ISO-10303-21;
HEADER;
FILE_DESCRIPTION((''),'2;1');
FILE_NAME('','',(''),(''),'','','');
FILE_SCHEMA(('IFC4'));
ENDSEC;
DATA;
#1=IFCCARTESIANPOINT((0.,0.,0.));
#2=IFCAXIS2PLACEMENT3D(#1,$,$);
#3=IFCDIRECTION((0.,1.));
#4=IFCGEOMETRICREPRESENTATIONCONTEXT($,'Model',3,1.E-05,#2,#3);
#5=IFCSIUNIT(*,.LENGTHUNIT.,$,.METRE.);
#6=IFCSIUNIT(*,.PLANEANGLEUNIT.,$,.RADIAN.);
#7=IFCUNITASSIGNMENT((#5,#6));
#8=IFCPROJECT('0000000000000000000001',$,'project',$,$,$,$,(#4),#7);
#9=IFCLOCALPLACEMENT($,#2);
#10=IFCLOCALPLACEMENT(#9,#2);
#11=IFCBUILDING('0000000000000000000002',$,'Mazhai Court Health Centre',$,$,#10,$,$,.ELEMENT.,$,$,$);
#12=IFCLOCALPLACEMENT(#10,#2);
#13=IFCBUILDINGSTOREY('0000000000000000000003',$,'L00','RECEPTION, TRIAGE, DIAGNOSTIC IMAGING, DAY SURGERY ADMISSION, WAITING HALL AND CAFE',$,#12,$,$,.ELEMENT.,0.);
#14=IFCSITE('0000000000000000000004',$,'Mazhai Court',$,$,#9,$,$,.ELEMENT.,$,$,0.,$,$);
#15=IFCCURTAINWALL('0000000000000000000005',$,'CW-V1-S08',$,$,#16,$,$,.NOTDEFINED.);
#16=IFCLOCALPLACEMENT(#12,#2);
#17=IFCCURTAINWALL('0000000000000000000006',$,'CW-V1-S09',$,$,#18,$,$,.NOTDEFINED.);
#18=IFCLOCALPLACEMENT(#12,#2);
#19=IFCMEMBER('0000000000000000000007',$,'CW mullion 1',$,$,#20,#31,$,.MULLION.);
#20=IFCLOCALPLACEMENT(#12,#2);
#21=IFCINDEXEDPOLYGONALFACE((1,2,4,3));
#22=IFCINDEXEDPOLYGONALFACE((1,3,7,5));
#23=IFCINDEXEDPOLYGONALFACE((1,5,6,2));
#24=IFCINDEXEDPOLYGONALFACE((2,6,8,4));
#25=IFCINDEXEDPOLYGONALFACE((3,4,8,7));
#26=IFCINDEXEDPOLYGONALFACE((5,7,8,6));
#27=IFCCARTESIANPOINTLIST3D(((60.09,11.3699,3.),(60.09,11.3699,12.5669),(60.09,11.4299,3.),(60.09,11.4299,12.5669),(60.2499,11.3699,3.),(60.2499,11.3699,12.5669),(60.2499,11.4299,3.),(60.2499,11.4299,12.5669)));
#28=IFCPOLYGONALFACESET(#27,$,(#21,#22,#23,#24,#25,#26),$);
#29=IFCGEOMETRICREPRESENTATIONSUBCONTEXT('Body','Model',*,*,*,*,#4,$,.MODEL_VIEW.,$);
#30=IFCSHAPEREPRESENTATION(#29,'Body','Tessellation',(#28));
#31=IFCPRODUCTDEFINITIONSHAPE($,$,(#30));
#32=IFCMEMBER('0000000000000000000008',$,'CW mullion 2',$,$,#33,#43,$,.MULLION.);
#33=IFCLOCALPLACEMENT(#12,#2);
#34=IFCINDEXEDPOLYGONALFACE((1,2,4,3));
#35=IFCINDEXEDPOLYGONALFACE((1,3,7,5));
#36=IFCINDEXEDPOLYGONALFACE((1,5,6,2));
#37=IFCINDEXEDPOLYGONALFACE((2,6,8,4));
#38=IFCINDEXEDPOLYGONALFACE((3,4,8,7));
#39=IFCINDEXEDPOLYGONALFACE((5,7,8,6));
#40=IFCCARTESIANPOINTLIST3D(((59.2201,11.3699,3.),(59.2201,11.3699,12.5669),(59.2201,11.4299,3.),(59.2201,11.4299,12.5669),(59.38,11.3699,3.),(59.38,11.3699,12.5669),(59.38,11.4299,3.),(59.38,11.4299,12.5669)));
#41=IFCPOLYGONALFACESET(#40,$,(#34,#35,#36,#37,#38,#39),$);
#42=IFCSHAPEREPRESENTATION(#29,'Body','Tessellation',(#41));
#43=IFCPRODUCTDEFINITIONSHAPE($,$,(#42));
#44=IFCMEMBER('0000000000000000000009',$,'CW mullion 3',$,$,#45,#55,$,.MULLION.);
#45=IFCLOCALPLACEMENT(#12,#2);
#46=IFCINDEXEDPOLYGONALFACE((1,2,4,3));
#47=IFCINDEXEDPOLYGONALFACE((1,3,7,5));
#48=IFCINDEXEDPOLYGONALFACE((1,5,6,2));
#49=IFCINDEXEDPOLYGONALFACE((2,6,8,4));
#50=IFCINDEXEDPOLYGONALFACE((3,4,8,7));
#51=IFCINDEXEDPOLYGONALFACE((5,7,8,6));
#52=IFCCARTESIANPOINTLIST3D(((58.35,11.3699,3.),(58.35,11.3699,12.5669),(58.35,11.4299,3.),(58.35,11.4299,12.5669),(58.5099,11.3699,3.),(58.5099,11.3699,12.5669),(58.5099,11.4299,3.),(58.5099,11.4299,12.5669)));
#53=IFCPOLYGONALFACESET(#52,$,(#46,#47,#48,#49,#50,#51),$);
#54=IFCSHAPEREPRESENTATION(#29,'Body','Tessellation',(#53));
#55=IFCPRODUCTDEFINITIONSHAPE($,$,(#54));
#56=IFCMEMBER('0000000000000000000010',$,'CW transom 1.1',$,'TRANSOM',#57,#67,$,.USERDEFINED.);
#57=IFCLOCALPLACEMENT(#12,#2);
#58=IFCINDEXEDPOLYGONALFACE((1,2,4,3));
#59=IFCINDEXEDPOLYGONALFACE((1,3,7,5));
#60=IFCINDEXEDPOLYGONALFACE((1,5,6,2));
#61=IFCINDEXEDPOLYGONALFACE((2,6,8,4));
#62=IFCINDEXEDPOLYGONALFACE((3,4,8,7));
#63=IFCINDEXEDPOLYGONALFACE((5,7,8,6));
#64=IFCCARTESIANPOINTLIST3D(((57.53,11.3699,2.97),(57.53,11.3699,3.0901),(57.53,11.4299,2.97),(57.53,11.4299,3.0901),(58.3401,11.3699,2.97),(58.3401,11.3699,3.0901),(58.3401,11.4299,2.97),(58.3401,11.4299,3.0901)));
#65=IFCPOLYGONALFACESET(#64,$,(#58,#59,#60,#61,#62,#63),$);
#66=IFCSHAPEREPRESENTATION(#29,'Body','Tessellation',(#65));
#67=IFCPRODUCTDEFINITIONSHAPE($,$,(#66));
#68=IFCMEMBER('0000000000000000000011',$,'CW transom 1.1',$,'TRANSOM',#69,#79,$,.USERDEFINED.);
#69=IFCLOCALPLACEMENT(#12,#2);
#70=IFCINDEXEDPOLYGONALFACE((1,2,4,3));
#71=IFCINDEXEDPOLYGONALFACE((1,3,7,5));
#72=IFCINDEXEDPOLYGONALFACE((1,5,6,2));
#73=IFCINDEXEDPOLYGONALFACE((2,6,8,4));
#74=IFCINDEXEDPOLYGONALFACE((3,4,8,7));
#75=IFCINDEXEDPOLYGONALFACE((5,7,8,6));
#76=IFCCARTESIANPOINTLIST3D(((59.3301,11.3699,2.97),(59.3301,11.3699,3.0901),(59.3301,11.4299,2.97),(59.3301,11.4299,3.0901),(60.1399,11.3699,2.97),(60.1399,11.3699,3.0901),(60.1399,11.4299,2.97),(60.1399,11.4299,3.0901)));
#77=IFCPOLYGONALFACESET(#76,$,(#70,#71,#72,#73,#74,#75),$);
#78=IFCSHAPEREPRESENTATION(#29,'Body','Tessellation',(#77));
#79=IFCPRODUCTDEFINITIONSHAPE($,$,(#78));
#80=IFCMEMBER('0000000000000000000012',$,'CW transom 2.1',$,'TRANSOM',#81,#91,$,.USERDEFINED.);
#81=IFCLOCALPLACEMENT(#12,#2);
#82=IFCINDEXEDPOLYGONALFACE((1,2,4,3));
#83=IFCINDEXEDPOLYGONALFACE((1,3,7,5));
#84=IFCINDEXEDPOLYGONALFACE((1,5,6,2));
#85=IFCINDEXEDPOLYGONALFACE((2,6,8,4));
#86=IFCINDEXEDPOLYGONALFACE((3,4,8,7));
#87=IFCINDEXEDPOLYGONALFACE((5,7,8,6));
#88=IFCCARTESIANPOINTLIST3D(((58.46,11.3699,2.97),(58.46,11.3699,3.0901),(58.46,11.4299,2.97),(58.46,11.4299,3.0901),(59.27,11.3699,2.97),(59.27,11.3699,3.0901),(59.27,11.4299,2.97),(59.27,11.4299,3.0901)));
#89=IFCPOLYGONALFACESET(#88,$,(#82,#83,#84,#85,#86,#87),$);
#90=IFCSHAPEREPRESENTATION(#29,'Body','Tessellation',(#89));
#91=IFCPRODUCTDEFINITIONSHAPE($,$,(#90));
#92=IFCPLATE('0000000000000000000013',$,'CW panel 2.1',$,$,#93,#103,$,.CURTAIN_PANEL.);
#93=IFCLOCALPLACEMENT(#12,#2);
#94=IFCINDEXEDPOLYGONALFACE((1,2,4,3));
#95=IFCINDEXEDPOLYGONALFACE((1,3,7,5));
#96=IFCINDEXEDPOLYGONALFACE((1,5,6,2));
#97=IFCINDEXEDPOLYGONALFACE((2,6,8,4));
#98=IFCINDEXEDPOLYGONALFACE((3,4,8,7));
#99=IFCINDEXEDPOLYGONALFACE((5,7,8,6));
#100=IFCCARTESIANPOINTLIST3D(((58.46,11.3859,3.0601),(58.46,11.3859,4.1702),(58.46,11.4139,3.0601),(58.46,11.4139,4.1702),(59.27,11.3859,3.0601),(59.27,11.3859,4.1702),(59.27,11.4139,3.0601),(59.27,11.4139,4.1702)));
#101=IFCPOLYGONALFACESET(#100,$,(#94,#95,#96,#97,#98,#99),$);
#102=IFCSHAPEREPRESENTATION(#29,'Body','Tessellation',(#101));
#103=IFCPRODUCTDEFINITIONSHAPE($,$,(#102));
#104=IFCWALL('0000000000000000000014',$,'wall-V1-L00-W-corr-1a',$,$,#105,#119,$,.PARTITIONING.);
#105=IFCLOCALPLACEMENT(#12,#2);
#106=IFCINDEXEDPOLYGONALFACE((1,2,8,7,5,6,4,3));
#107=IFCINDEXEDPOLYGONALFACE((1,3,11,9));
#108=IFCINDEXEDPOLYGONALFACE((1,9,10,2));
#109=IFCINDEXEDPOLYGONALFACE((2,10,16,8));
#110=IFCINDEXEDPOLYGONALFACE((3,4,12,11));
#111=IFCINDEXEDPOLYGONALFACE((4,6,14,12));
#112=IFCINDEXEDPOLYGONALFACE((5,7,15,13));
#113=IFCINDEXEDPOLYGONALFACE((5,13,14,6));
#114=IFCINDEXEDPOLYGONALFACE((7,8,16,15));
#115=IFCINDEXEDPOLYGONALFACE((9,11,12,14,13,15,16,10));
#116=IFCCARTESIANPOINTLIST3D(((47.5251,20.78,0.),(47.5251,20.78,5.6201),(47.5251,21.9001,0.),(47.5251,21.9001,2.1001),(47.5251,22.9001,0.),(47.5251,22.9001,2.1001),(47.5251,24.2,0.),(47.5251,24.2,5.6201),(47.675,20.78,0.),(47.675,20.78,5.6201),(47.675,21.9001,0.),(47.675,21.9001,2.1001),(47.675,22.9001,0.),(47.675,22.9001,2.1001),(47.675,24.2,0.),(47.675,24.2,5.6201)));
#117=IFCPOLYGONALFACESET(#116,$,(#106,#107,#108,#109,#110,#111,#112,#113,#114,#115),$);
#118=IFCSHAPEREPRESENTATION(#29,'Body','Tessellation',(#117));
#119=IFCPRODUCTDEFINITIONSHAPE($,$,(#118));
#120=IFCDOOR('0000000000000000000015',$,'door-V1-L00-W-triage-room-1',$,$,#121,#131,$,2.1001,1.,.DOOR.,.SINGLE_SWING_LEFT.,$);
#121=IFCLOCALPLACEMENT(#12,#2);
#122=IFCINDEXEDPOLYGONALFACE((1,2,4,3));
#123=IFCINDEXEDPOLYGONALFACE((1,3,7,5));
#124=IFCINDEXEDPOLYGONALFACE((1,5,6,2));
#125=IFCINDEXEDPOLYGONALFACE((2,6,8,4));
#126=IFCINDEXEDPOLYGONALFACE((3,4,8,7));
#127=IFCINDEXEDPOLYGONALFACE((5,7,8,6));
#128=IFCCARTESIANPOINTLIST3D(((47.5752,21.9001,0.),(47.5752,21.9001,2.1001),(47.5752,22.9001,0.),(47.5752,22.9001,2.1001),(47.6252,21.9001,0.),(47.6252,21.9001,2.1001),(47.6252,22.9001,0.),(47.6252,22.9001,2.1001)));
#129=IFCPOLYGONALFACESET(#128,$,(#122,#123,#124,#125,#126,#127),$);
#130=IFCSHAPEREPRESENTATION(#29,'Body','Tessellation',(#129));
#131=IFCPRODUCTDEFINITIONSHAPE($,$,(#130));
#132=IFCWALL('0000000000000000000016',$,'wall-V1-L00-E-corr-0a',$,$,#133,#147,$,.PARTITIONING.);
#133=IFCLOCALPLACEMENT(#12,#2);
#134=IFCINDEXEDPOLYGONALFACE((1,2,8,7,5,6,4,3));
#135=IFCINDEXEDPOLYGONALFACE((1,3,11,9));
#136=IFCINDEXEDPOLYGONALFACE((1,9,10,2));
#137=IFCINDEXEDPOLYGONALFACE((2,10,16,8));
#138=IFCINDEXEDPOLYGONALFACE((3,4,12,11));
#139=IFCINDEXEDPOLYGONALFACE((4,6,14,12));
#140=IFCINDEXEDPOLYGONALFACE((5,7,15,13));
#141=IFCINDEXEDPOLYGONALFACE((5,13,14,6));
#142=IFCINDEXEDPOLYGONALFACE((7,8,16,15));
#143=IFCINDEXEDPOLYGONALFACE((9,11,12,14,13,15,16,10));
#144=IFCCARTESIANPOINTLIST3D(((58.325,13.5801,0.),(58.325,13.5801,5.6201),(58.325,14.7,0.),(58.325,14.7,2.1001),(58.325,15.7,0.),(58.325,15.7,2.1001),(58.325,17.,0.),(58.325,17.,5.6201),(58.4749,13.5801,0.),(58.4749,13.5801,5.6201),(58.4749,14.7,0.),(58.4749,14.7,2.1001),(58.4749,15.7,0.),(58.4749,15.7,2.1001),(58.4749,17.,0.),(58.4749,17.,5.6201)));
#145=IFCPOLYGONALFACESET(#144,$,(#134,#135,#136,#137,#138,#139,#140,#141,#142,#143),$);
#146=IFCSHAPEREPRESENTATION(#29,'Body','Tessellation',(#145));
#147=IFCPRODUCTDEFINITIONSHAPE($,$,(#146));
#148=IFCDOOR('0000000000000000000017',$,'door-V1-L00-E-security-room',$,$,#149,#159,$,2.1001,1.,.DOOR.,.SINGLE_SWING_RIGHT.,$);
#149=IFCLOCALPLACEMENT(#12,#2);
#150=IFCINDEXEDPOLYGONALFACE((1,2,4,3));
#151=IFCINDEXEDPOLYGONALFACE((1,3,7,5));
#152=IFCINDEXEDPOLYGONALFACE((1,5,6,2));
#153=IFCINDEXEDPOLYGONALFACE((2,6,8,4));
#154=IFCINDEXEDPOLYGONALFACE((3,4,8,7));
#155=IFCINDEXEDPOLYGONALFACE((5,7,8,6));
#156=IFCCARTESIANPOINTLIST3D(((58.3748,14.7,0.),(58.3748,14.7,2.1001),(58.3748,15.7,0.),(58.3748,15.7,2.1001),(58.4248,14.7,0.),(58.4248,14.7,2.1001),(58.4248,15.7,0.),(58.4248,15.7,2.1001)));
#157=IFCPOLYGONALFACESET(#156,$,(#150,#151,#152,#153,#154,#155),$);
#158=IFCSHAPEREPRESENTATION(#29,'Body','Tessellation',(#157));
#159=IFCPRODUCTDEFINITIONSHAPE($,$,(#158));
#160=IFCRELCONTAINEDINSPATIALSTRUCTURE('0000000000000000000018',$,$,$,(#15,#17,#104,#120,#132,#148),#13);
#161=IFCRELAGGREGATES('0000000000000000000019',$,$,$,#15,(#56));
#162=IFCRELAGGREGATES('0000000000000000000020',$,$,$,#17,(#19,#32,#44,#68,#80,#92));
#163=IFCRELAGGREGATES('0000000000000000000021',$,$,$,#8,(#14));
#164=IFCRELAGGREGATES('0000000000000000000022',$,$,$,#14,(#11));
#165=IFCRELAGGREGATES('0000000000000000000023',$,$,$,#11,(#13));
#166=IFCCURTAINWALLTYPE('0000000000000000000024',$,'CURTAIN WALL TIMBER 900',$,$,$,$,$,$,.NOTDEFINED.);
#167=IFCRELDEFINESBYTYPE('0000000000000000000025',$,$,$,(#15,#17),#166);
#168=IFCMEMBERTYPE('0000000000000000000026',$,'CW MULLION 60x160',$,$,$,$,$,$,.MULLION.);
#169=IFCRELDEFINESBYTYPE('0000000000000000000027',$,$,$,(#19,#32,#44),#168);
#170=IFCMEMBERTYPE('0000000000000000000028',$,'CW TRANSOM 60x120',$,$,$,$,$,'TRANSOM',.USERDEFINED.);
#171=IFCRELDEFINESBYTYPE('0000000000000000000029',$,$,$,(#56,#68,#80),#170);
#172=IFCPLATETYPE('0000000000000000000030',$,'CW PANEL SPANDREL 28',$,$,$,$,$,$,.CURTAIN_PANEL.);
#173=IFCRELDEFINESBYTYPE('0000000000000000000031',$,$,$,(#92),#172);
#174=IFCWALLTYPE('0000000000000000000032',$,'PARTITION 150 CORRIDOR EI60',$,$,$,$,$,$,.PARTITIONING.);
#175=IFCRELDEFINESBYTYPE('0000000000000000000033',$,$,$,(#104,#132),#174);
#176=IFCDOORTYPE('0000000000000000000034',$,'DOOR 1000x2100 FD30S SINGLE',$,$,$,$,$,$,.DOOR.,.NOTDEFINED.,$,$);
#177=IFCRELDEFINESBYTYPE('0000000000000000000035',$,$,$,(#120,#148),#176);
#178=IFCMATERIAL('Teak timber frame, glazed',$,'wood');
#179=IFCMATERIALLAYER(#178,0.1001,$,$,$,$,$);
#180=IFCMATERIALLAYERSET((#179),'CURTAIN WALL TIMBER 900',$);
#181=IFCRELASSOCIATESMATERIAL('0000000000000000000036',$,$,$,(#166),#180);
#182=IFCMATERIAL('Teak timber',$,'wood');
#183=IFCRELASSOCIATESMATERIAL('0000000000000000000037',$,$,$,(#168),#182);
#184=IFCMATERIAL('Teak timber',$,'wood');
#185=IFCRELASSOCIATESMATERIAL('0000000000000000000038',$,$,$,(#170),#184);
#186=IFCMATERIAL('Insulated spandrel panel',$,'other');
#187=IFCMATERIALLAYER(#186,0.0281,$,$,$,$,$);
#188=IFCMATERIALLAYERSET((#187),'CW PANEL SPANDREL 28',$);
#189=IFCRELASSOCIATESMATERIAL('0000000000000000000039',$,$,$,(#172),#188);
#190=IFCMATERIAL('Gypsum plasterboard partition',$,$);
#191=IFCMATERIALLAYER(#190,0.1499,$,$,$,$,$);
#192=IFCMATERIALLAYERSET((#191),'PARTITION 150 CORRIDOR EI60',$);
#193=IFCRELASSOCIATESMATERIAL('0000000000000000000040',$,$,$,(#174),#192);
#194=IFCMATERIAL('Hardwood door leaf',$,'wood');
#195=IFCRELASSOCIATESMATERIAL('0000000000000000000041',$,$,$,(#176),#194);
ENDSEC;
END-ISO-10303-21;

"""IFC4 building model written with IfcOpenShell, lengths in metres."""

from ifc_helpers import new_model, si_unit, direction, frame, frame_2d, origin, origin_2d, place, context, subcontext, project, spatial, rectangle, extrude, material, layer, layer_set, material_profile, profile_set, type_object, element, fill, aggregate, save


model = new_model("IFC4")

# Units and contexts
model_context = context("Model", 3, precision=1e-05, world=origin(), true_north=direction((0.0, 1.0)))
body_context = subcontext(model_context, "Body", "Model", "MODEL_VIEW")
ifc_project = project(units=[si_unit("LENGTHUNIT", "METRE"), si_unit("PLANEANGLEUNIT", "RADIAN")], contexts=[model_context])

# Site, building, storey
site_placement = place(None, origin())
site = spatial("IfcSite", under=ifc_project, at=site_placement, Name="Mazhai Court", CompositionType="ELEMENT", RefElevation=0.0)
building_placement = place(site_placement, origin())
building = spatial("IfcBuilding", under=site, at=building_placement, Name="Mazhai Court Health Centre", CompositionType="ELEMENT")
storey_placement = place(building_placement, origin())
storey = spatial("IfcBuildingStorey", under=building, at=storey_placement, Name="L00", Description="RECEPTION, TRIAGE, DIAGNOSTIC IMAGING, DAY SURGERY ADMISSION, WAITING HALL AND CAFE", CompositionType="ELEMENT", Elevation=0.0)

# Curtain wall
ifc_material_1 = material(Name="Teak timber frame, glazed", Category="wood")
ifc_layer_1 = layer(ifc_material_1, 0.1001)
ifc_layer_set_1 = layer_set([ifc_layer_1], Name="CURTAIN WALL TIMBER 900")
curtain_wall_type = type_object("IfcCurtainWallType", Name="CURTAIN WALL TIMBER 900", PredefinedType="NOTDEFINED", material=ifc_layer_set_1)
curtain_wall_1_placement = place(storey_placement, origin())
curtain_wall_1 = element("IfcCurtainWall", 1, at=curtain_wall_1_placement, inside=storey, type_object=curtain_wall_type, Name="CW-V1-S08", PredefinedType="NOTDEFINED")
ifc_material_2 = material(Name="Teak timber", Category="wood")
ifc_material_profile_1 = material_profile(ifc_material_2, rectangle(XDim=0.0601, YDim=0.1599, at=origin_2d()), Name="CW MULLION 60x160")
ifc_profile_set_1 = profile_set([ifc_material_profile_1], Name="Teak timber")
member_type_1 = type_object("IfcMemberType", Name="CW MULLION 60x160", PredefinedType="MULLION", material=ifc_profile_set_1)

# Curtain wall, members
curtain_wall_2_placement = place(storey_placement, origin())
curtain_wall_2 = element("IfcCurtainWall", 2, at=curtain_wall_2_placement, inside=storey, type_object=curtain_wall_type, Name="CW-V1-S09", PredefinedType="NOTDEFINED")
member_1_placement = place(storey_placement, frame((60.1699, 11.3999, 3.0), z_axis=(0.0, 0.0, 1.0), x_axis=(0.0, -1.0, 0.0)))
member_1 = element("IfcMember", 3, at=member_1_placement, type_object=member_type_1, Name="CW mullion 1", PredefinedType="MULLION", context=body_context, shape_type="SweptSolid", body=[
    extrude(rectangle(XDim=0.0601, YDim=0.1599, at=origin_2d()), origin(), (0.0, 0.0, 1.0), 9.5669),
])
member_2_placement = place(storey_placement, frame((59.3, 11.3999, 3.0), z_axis=(0.0, 0.0, 1.0), x_axis=(0.0, -1.0, 0.0)))
member_2 = element("IfcMember", 4, at=member_2_placement, type_object=member_type_1, Name="CW mullion 2", PredefinedType="MULLION", context=body_context, shape_type="SweptSolid", body=[
    extrude(rectangle(XDim=0.0601, YDim=0.1599, at=origin_2d()), origin(), (0.0, 0.0, 1.0), 9.5669),
])
member_3_placement = place(storey_placement, frame((58.4299, 11.3999, 3.0), z_axis=(0.0, 0.0, 1.0), x_axis=(0.0, -1.0, 0.0)))
member_3 = element("IfcMember", 5, at=member_3_placement, type_object=member_type_1, Name="CW mullion 3", PredefinedType="MULLION", context=body_context, shape_type="SweptSolid", body=[
    extrude(rectangle(XDim=0.0601, YDim=0.1599, at=origin_2d()), origin(), (0.0, 0.0, 1.0), 9.5669),
])

# Members
ifc_material_3 = material(Name="Teak timber", Category="wood")
ifc_material_profile_2 = material_profile(ifc_material_3, rectangle(XDim=0.0601, YDim=0.1201, at=origin_2d()), Name="CW TRANSOM 60x120")
ifc_profile_set_2 = profile_set([ifc_material_profile_2], Name="Teak timber")
member_type_2 = type_object("IfcMemberType", Name="CW TRANSOM 60x120", ElementType="TRANSOM", PredefinedType="USERDEFINED", material=ifc_profile_set_2)
member_4_placement = place(storey_placement, frame((58.3401, 11.3999, 3.03), z_axis=(-1.0, 0.0, 0.0), x_axis=(0.0, -1.0, 0.0)))
member_4 = element("IfcMember", 6, at=member_4_placement, type_object=member_type_2, Name="CW transom 1.1", ObjectType="TRANSOM", PredefinedType="USERDEFINED", context=body_context, shape_type="SweptSolid", body=[
    extrude(rectangle(XDim=0.0601, YDim=0.1201, at=origin_2d()), origin(), (0.0, 0.0, 1.0), 0.8101),
])
aggregate(curtain_wall_1, [member_4])
member_5_placement = place(storey_placement, frame((60.1399, 11.3999, 3.03), z_axis=(-1.0, 0.0, 0.0), x_axis=(0.0, -1.0, 0.0)))
member_5 = element("IfcMember", 7, at=member_5_placement, type_object=member_type_2, Name="CW transom 1.1", ObjectType="TRANSOM", PredefinedType="USERDEFINED", context=body_context, shape_type="SweptSolid", body=[
    extrude(rectangle(XDim=0.0601, YDim=0.1201, at=origin_2d()), origin(), (0.0, 0.0, 1.0), 0.8098),
])
member_6_placement = place(storey_placement, frame((59.27, 11.3999, 3.03), z_axis=(-1.0, 0.0, 0.0), x_axis=(0.0, -1.0, 0.0)))
member_6 = element("IfcMember", 8, at=member_6_placement, type_object=member_type_2, Name="CW transom 2.1", ObjectType="TRANSOM", PredefinedType="USERDEFINED", context=body_context, shape_type="SweptSolid", body=[
    extrude(rectangle(XDim=0.0601, YDim=0.1201, at=origin_2d()), origin(), (0.0, 0.0, 1.0), 0.8101),
])

# Plate
ifc_material_4 = material(Name="Insulated spandrel panel", Category="other")
ifc_layer_2 = layer(ifc_material_4, 0.0281)
ifc_layer_set_2 = layer_set([ifc_layer_2], Name="CW PANEL SPANDREL 28")
plate_type = type_object("IfcPlateType", Name="CW PANEL SPANDREL 28", PredefinedType="CURTAIN_PANEL", material=ifc_layer_set_2)
plate_placement = place(storey_placement, frame((58.865, 11.3999, 3.0601), z_axis=(0.0, 0.0, 1.0), x_axis=(-1.0, 0.0, 0.0)))
plate = element("IfcPlate", 9, at=plate_placement, type_object=plate_type, Name="CW panel 2.1", PredefinedType="CURTAIN_PANEL", context=body_context, shape_type="SweptSolid", body=[
    extrude(rectangle(XDim=0.8101, YDim=0.0281, at=origin_2d()), origin(), (0.0, 0.0, 1.0), 1.1101),
])
aggregate(curtain_wall_2, [member_1, member_2, member_3, member_5, member_6, plate])

# Walls, openings, doors
ifc_material_5 = material(Name="Gypsum plasterboard partition")
ifc_layer_3 = layer(ifc_material_5, 0.1499)
ifc_layer_set_3 = layer_set([ifc_layer_3], Name="PARTITION 150 CORRIDOR EI60")
wall_type = type_object("IfcWallType", Name="PARTITION 150 CORRIDOR EI60", PredefinedType="PARTITIONING", material=ifc_layer_set_3)
wall_1_placement = place(storey_placement, frame((47.6001, 20.78, 0.0), z_axis=(0.0, 0.0, 1.0), x_axis=(0.0, 1.0, 0.0)))
wall_1 = element("IfcWall", 10, at=wall_1_placement, inside=storey, type_object=wall_type, Name="wall-V1-L00-W-corr-1a", PredefinedType="PARTITIONING", context=body_context, shape_type="SweptSolid", body=[
    extrude(rectangle(XDim=3.4199, YDim=0.1499, at=frame_2d((1.71, 0.0))), origin(), (0.0, 0.0, 1.0), 5.6201),
])
opening_1_placement = place(wall_1_placement, frame((1.1201, 0.0, 0.0)))
opening_1 = element("IfcOpeningElement", 11, at=opening_1_placement, cuts=wall_1, PredefinedType="OPENING", context=body_context, shape_type="SweptSolid", body=[
    extrude(rectangle(XDim=1.0, YDim=2.1001, at=frame_2d((0.5, 1.05))), frame((0.0, 0.085, 0.0), z_axis=(0.0, -1.0, 0.0), x_axis=(1.0, 0.0, 0.0)), (0.0, 0.0, 1.0), 0.1699),
])
ifc_material_6 = material(Name="Hardwood door leaf", Category="wood")
door_type = type_object("IfcDoorType", Name="DOOR 1000x2100 FD30S SINGLE", OperationType="NOTDEFINED", PredefinedType="DOOR", material=ifc_material_6)
door_1_placement = place(opening_1_placement, origin())
door_1 = element("IfcDoor", 12, at=door_1_placement, inside=storey, type_object=door_type, Name="door-V1-L00-W-triage-room-1", OperationType="SINGLE_SWING_LEFT", OverallHeight=2.1001, OverallWidth=1.0, PredefinedType="DOOR", context=body_context, shape_type="SweptSolid", body=[
    extrude(rectangle(XDim=1.0, YDim=2.1001, at=frame_2d((0.5, 1.05))), frame((0.0, 0.0249, 0.0), z_axis=(0.0, -1.0, 0.0), x_axis=(1.0, 0.0, 0.0)), (0.0, 0.0, 1.0), 0.05),
])
fill(opening_1, door_1)
wall_2_placement = place(storey_placement, frame((58.3999, 17.0, 0.0), z_axis=(0.0, 0.0, 1.0), x_axis=(0.0, -1.0, 0.0)))
wall_2 = element("IfcWall", 13, at=wall_2_placement, inside=storey, type_object=wall_type, Name="wall-V1-L00-E-corr-0a", PredefinedType="PARTITIONING", context=body_context, shape_type="SweptSolid", body=[
    extrude(rectangle(XDim=3.4199, YDim=0.1499, at=frame_2d((1.71, 0.0))), origin(), (0.0, 0.0, 1.0), 5.6201),
])
opening_2_placement = place(wall_2_placement, frame((1.3, 0.0, 0.0)))
opening_2 = element("IfcOpeningElement", 14, at=opening_2_placement, cuts=wall_2, PredefinedType="OPENING", context=body_context, shape_type="SweptSolid", body=[
    extrude(rectangle(XDim=1.0, YDim=2.1001, at=frame_2d((0.5, 1.05))), frame((0.0, 0.085, 0.0), z_axis=(0.0, -1.0, 0.0), x_axis=(1.0, 0.0, 0.0)), (0.0, 0.0, 1.0), 0.1699),
])
door_2_placement = place(opening_2_placement, origin())
door_2 = element("IfcDoor", 15, at=door_2_placement, inside=storey, type_object=door_type, Name="door-V1-L00-E-security-room", OperationType="SINGLE_SWING_RIGHT", OverallHeight=2.1001, OverallWidth=1.0, PredefinedType="DOOR", context=body_context, shape_type="SweptSolid", body=[
    extrude(rectangle(XDim=1.0, YDim=2.1001, at=frame_2d((0.5, 1.05))), frame((0.0, 0.0249, 0.0), z_axis=(0.0, -1.0, 0.0), x_axis=(1.0, 0.0, 0.0)), (0.0, 0.0, 1.0), 0.05),
])
fill(opening_2, door_2)

save(model, "model.ifc")
